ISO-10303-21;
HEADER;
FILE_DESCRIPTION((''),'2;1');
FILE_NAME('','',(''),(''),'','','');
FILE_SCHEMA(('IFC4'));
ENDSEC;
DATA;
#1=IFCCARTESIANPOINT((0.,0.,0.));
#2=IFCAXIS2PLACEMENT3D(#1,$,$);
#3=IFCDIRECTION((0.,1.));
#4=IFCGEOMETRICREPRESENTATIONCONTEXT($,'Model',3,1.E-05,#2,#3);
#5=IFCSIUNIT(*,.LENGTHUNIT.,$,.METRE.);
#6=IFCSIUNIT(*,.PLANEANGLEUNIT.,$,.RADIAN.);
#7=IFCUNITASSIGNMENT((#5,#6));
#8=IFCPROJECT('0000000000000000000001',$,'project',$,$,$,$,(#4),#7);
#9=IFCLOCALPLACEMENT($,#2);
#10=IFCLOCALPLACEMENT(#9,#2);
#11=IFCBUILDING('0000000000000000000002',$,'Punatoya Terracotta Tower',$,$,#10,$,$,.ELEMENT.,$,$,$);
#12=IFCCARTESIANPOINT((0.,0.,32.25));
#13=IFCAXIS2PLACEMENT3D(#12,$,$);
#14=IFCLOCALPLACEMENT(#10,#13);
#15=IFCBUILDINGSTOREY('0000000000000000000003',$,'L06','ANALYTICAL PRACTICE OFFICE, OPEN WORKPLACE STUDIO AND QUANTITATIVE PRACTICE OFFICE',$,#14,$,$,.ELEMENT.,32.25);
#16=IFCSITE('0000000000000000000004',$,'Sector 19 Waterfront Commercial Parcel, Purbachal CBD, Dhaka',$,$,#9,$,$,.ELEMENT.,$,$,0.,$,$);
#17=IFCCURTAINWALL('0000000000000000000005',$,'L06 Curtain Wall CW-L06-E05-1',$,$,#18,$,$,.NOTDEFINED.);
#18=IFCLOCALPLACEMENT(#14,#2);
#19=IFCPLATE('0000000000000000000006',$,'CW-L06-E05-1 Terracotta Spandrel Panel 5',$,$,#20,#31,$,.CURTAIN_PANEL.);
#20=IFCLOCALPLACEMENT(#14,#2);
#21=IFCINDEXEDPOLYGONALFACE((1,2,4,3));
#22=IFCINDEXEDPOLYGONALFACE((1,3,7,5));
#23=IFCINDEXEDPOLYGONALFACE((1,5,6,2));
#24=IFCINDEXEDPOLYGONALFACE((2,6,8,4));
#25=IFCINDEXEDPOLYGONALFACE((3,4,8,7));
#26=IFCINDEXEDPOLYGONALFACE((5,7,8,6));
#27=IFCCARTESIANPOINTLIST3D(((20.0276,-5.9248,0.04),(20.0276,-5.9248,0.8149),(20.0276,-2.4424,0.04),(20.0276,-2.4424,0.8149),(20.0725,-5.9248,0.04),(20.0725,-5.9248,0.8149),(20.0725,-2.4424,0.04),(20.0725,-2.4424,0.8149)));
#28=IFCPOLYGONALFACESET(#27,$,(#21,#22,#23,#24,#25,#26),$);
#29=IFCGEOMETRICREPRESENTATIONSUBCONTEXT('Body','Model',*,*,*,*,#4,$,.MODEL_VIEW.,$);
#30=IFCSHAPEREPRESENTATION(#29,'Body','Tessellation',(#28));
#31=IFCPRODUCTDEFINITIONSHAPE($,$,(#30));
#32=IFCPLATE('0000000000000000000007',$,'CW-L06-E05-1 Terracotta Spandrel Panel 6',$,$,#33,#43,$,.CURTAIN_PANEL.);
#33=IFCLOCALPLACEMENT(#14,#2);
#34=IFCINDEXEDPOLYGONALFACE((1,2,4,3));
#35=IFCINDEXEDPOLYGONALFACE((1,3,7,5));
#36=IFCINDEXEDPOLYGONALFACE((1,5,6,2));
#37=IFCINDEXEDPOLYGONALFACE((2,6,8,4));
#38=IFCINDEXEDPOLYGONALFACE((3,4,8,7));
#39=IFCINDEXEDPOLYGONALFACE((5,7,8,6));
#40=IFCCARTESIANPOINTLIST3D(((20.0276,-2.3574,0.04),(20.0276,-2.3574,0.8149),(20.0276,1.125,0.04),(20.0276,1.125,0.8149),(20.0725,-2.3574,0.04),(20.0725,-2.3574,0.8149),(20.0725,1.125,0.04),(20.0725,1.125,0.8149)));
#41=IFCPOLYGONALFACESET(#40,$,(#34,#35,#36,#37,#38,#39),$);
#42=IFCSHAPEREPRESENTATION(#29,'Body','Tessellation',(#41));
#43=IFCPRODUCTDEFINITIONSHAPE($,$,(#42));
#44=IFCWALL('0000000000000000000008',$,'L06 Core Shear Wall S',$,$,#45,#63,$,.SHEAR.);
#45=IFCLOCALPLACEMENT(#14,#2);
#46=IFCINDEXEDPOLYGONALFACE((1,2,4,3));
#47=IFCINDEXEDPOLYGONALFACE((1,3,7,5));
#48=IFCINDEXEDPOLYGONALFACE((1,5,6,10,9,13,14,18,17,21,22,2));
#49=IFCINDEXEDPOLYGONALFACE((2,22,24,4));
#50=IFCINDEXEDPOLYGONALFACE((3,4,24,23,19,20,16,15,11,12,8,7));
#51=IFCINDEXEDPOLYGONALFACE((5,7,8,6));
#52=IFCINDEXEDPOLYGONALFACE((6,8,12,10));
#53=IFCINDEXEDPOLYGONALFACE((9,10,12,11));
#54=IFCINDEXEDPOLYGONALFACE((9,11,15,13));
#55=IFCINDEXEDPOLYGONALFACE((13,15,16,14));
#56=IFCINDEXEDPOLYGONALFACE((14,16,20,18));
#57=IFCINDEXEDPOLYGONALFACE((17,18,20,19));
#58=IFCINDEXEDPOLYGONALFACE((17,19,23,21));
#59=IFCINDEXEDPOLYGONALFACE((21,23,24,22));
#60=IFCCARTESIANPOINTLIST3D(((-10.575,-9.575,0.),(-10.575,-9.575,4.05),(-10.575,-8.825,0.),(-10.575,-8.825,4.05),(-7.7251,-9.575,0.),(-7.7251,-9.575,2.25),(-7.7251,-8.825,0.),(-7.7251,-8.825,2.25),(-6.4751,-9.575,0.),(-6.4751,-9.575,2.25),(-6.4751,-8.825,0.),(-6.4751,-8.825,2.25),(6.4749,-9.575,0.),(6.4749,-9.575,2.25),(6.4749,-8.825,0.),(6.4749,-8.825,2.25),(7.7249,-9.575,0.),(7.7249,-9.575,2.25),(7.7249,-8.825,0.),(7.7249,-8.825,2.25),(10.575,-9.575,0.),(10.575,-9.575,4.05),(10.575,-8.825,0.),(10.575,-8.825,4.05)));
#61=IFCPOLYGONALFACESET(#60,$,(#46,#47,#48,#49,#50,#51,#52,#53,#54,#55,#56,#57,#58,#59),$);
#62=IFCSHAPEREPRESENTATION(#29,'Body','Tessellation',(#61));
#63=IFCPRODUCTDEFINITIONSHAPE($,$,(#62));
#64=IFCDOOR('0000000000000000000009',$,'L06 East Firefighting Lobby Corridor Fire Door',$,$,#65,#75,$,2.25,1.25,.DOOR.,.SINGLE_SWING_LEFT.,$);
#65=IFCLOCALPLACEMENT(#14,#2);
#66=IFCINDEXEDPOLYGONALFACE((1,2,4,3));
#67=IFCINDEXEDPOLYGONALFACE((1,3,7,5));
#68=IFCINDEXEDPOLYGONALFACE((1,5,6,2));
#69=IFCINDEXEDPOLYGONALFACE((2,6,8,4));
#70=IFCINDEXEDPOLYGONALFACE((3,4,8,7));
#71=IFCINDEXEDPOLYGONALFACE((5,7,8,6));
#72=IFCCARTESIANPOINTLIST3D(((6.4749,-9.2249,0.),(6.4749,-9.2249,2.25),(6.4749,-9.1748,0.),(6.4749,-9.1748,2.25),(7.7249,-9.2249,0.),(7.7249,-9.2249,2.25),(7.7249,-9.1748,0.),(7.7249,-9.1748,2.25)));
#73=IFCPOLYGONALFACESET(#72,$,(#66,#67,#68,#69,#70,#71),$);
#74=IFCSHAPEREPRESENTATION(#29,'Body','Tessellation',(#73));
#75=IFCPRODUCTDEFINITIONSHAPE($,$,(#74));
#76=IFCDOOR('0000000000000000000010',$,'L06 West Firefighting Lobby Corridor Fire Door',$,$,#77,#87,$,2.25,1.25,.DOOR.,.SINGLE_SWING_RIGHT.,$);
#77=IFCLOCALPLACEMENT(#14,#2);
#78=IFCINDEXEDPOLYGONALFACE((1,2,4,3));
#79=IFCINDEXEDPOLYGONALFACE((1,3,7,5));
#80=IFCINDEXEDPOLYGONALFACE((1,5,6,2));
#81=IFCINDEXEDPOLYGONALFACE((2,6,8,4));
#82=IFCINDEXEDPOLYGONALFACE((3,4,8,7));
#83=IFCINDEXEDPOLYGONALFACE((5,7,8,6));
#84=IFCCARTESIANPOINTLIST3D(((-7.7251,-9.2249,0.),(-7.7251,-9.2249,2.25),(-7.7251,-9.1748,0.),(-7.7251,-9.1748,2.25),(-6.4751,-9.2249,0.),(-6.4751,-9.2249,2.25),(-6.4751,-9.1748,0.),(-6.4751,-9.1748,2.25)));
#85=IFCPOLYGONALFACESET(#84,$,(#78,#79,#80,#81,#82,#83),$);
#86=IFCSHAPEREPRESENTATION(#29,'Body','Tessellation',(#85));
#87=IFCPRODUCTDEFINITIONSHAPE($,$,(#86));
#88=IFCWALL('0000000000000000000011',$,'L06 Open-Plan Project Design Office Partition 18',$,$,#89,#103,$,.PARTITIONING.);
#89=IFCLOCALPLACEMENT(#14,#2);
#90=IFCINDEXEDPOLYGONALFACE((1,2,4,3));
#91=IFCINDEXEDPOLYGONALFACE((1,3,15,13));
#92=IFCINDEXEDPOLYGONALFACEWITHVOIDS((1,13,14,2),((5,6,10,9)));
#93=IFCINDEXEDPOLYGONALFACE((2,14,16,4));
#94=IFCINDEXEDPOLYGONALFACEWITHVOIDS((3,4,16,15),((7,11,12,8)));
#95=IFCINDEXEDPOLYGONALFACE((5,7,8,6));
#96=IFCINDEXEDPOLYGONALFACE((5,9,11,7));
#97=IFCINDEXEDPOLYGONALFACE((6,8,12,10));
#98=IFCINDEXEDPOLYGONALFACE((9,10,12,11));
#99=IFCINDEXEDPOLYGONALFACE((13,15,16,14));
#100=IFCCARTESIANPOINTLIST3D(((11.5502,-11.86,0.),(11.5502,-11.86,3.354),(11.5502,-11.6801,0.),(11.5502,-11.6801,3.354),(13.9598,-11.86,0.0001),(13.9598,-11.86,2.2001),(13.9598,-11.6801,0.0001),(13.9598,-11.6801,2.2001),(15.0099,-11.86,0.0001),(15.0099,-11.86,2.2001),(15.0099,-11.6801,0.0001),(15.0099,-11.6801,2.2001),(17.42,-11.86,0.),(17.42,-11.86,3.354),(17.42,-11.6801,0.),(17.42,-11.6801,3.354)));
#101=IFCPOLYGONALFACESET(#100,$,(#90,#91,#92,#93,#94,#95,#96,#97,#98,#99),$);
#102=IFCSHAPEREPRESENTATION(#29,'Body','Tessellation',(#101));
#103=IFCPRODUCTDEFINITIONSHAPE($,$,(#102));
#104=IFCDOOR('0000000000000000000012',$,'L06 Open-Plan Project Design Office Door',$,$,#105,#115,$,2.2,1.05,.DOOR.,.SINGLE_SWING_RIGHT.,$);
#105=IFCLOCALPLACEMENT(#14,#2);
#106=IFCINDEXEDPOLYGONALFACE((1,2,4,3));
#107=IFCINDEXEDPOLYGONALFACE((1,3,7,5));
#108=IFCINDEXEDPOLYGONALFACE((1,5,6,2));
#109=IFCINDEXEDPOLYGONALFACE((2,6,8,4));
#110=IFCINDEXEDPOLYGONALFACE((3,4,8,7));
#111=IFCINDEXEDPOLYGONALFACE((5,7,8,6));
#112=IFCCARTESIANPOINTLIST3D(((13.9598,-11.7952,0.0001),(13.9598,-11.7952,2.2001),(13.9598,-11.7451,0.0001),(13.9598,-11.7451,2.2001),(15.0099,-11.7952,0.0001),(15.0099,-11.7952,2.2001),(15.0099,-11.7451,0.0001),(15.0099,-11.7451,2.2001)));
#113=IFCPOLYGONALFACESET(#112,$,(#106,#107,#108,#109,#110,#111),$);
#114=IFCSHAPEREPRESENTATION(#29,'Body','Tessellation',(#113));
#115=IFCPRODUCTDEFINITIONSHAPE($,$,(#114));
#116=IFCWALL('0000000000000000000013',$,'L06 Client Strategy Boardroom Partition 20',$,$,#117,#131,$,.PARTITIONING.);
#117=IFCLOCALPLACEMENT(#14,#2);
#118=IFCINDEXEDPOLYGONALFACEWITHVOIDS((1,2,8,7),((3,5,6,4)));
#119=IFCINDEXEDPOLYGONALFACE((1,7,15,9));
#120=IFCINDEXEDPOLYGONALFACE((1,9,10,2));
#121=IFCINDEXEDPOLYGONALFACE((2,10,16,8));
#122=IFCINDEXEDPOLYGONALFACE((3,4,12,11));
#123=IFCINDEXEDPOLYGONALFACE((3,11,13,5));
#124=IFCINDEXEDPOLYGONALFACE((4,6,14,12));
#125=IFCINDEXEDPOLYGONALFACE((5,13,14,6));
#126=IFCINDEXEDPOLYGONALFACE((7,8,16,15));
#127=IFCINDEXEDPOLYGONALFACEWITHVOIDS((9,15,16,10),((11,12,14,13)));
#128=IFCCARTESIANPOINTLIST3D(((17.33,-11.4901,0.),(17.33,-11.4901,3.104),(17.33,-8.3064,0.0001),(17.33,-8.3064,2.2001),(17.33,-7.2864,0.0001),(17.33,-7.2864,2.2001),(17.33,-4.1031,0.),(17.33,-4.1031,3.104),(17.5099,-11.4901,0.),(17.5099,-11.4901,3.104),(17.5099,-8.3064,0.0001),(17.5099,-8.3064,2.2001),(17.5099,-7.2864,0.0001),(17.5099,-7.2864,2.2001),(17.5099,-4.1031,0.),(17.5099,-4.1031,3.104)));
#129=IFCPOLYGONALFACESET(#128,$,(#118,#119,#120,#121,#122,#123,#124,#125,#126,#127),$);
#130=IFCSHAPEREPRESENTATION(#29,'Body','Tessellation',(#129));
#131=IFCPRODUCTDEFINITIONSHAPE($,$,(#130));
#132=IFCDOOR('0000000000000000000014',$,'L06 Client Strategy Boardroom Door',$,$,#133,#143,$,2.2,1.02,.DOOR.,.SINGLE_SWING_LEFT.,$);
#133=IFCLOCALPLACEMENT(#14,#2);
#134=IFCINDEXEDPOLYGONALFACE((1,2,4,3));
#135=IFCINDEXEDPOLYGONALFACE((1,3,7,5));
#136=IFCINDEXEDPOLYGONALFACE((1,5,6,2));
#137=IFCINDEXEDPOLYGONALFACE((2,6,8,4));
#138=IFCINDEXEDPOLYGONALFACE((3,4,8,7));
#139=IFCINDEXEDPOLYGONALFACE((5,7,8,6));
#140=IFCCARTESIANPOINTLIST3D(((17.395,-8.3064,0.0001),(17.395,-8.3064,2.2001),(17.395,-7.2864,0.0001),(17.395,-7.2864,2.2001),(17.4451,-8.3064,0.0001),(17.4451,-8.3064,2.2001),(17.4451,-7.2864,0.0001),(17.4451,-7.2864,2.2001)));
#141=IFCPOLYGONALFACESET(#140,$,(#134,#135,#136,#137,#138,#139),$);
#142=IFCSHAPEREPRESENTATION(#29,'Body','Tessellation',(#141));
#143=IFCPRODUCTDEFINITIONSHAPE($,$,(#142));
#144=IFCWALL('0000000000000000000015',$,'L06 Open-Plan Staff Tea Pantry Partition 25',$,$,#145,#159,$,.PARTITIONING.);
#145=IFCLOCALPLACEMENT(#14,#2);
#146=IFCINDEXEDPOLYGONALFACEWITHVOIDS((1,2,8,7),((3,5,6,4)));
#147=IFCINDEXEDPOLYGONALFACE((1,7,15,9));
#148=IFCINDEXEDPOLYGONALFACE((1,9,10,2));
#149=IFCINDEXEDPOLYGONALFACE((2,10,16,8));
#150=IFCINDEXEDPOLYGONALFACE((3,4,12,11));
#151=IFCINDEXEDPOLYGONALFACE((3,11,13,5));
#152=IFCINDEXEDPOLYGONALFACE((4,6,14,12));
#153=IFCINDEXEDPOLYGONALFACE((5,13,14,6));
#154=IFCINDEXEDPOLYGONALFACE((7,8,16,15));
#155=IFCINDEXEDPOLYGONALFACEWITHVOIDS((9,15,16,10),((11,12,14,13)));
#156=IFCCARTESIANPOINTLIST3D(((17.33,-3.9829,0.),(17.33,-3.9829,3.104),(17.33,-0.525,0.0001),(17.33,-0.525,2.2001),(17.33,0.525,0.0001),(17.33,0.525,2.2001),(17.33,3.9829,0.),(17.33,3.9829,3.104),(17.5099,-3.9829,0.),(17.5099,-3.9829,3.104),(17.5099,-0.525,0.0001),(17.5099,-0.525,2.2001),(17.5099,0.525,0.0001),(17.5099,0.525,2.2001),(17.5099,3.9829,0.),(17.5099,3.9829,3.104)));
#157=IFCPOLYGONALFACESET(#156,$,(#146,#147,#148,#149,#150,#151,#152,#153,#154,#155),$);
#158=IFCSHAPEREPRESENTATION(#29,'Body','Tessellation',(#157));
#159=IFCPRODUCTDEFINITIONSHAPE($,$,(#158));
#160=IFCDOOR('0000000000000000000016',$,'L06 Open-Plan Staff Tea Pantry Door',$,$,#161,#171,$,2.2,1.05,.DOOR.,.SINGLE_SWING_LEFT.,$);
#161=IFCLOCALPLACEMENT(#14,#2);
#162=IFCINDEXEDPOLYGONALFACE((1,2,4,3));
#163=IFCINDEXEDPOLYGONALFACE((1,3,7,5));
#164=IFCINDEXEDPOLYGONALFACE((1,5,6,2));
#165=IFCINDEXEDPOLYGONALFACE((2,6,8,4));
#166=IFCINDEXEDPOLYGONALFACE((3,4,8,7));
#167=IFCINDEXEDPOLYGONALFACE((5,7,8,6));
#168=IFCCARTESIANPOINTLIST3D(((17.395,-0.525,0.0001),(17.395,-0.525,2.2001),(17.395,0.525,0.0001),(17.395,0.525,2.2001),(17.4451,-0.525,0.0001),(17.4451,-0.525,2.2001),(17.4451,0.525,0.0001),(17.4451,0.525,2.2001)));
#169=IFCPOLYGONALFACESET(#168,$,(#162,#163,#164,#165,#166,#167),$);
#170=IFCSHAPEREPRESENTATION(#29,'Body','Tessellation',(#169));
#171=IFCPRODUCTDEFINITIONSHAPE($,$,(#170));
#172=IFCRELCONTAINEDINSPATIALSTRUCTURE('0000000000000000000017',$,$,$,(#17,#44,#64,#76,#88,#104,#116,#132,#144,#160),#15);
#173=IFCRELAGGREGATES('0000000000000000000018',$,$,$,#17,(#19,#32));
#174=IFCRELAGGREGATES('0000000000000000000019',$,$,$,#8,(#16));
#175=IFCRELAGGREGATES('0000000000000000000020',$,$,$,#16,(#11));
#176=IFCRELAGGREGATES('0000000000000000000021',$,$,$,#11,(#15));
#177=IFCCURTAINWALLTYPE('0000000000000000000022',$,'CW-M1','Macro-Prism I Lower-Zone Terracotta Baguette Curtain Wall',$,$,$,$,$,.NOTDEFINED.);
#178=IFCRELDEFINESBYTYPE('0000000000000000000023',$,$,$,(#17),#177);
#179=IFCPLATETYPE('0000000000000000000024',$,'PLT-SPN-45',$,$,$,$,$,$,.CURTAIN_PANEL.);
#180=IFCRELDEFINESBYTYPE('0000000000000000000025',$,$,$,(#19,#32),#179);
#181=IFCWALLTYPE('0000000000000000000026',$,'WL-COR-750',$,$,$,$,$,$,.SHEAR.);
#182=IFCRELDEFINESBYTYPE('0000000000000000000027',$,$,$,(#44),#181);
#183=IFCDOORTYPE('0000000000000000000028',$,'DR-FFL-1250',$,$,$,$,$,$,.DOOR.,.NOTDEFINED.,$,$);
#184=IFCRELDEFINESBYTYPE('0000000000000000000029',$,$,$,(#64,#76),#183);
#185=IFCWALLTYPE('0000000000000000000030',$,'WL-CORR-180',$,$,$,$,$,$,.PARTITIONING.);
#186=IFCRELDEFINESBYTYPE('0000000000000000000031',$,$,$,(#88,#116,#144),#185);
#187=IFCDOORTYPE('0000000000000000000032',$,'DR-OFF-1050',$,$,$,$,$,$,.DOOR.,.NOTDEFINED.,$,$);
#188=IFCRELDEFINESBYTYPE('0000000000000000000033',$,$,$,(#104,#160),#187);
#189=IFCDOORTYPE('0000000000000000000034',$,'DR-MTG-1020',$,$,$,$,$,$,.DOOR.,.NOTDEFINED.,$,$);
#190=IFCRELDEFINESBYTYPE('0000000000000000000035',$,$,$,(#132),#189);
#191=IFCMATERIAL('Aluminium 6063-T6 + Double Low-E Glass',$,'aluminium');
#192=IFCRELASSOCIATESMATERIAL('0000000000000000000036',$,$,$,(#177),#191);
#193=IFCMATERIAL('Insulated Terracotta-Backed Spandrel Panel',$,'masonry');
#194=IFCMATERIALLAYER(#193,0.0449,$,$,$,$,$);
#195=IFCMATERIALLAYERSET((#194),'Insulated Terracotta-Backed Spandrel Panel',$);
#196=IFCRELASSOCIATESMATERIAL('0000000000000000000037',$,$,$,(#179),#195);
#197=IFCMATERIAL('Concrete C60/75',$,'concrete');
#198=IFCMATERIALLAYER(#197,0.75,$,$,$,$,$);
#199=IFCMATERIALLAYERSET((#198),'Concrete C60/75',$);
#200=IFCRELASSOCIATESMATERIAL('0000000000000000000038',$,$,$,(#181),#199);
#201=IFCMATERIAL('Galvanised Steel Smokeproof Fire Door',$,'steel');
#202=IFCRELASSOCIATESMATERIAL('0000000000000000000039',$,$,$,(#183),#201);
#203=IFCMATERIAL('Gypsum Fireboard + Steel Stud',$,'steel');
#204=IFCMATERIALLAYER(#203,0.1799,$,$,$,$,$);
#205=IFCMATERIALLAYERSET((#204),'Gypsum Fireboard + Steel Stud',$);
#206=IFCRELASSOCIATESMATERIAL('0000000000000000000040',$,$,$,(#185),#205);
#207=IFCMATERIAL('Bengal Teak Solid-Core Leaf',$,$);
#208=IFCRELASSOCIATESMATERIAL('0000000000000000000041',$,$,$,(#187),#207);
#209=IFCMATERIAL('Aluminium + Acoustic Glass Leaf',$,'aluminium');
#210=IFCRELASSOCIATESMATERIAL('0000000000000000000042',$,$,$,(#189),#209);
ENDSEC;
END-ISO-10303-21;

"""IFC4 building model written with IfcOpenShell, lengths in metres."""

from ifc_helpers import new_model, si_unit, direction, frame, frame_2d, origin, origin_2d, place, context, subcontext, project, spatial, rectangle, extrude, material, layer, layer_set, type_object, element, fill, aggregate, save


model = new_model("IFC4")

# Units and contexts
model_context = context("Model", 3, precision=1e-05, world=origin(), true_north=direction((0.0, 1.0)))
body_context = subcontext(model_context, "Body", "Model", "MODEL_VIEW")
ifc_project = project(units=[si_unit("LENGTHUNIT", "METRE"), si_unit("PLANEANGLEUNIT", "RADIAN")], contexts=[model_context])

# Site, building, storey
site_placement = place(None, origin())
site = spatial("IfcSite", under=ifc_project, at=site_placement, Name="Sector 19 Waterfront Commercial Parcel, Purbachal CBD, Dhaka", CompositionType="ELEMENT", RefElevation=0.0)
building_placement = place(site_placement, origin())
building = spatial("IfcBuilding", under=site, at=building_placement, Name="Punatoya Terracotta Tower", CompositionType="ELEMENT")
storey_placement = place(building_placement, frame((0.0, 0.0, 32.25)))
storey = spatial("IfcBuildingStorey", under=building, at=storey_placement, Name="L06", Description="ANALYTICAL PRACTICE OFFICE, OPEN WORKPLACE STUDIO AND QUANTITATIVE PRACTICE OFFICE", CompositionType="ELEMENT", Elevation=32.25)

# Curtain wall, plates
ifc_material_1 = material(Name="Aluminium 6063-T6 + Double Low-E Glass", Category="aluminium")
curtain_wall_type = type_object("IfcCurtainWallType", Name="CW-M1", Description="Macro-Prism I Lower-Zone Terracotta Baguette Curtain Wall", PredefinedType="NOTDEFINED", material=ifc_material_1)
curtain_wall_placement = place(storey_placement, origin())
curtain_wall = element("IfcCurtainWall", 1, at=curtain_wall_placement, inside=storey, type_object=curtain_wall_type, Name="L06 Curtain Wall CW-L06-E05-1", PredefinedType="NOTDEFINED")
ifc_material_2 = material(Name="Insulated Terracotta-Backed Spandrel Panel", Category="masonry")
ifc_layer_1 = layer(ifc_material_2, 0.0449)
ifc_layer_set_1 = layer_set([ifc_layer_1], Name="Insulated Terracotta-Backed Spandrel Panel")
plate_type_1 = type_object("IfcPlateType", Name="PLT-SPN-45", PredefinedType="CURTAIN_PANEL", material=ifc_layer_set_1)
plate_1_placement = place(storey_placement, frame((20.05, -4.1836, 0.04), z_axis=(0.0, 0.0, 1.0), x_axis=(0.0, 1.0, 0.0)))
plate_1 = element("IfcPlate", 2, at=plate_1_placement, type_object=plate_type_1, Name="CW-L06-E05-1 Terracotta Spandrel Panel 5", PredefinedType="CURTAIN_PANEL", context=body_context, shape_type="SweptSolid", body=[
    extrude(rectangle(XDim=3.4824, YDim=0.0449, at=origin_2d()), origin(), (0.0, 0.0, 1.0), 0.7749),
])
plate_2_placement = place(storey_placement, frame((20.05, -0.6162, 0.04), z_axis=(0.0, 0.0, 1.0), x_axis=(0.0, 1.0, 0.0)))
plate_2 = element("IfcPlate", 3, at=plate_2_placement, type_object=plate_type_1, Name="CW-L06-E05-1 Terracotta Spandrel Panel 6", PredefinedType="CURTAIN_PANEL", context=body_context, shape_type="SweptSolid", body=[
    extrude(rectangle(XDim=3.4824, YDim=0.0449, at=origin_2d()), origin(), (0.0, 0.0, 1.0), 0.7749),
])
aggregate(curtain_wall, [plate_1, plate_2])

# Wall, openings, doors
ifc_material_3 = material(Name="Concrete C60/75", Category="concrete")
ifc_layer_2 = layer(ifc_material_3, 0.75)
ifc_layer_set_2 = layer_set([ifc_layer_2], Name="Concrete C60/75")
wall_type_1 = type_object("IfcWallType", Name="WL-COR-750", PredefinedType="SHEAR", material=ifc_layer_set_2)
wall_1_placement = place(storey_placement, frame((10.575, -9.2, 0.0), z_axis=(0.0, 0.0, 1.0), x_axis=(-1.0, 0.0, 0.0)))
wall_1 = element("IfcWall", 4, at=wall_1_placement, inside=storey, type_object=wall_type_1, Name="L06 Core Shear Wall S", PredefinedType="SHEAR", context=body_context, shape_type="SweptSolid", body=[
    extrude(rectangle(XDim=21.1499, YDim=0.75, at=frame_2d((10.575, 0.0))), origin(), (0.0, 0.0, 1.0), 4.05),
])
opening_1_placement = place(wall_1_placement, frame((2.8501, 0.0, 0.0)))
opening_1 = element("IfcOpeningElement", 5, at=opening_1_placement, cuts=wall_1, PredefinedType="OPENING", context=body_context, shape_type="SweptSolid", body=[
    extrude(rectangle(XDim=1.25, YDim=2.25, at=frame_2d((0.625, 1.125))), frame((0.0, 0.385, 0.0), z_axis=(0.0, -1.0, 0.0), x_axis=(1.0, 0.0, 0.0)), (0.0, 0.0, 1.0), 0.77),
])
opening_2_placement = place(wall_1_placement, frame((17.05, 0.0, 0.0)))
opening_2 = element("IfcOpeningElement", 6, at=opening_2_placement, cuts=wall_1, PredefinedType="OPENING", context=body_context, shape_type="SweptSolid", body=[
    extrude(rectangle(XDim=1.25, YDim=2.25, at=frame_2d((0.625, 1.125))), frame((0.0, 0.385, 0.0), z_axis=(0.0, -1.0, 0.0), x_axis=(1.0, 0.0, 0.0)), (0.0, 0.0, 1.0), 0.77),
])
ifc_material_4 = material(Name="Galvanised Steel Smokeproof Fire Door", Category="steel")
door_type_1 = type_object("IfcDoorType", Name="DR-FFL-1250", OperationType="NOTDEFINED", PredefinedType="DOOR", material=ifc_material_4)
door_1_placement = place(opening_1_placement, origin())
door_1 = element("IfcDoor", 7, at=door_1_placement, inside=storey, type_object=door_type_1, Name="L06 East Firefighting Lobby Corridor Fire Door", OperationType="SINGLE_SWING_LEFT", OverallHeight=2.25, OverallWidth=1.25, PredefinedType="DOOR", context=body_context, shape_type="SweptSolid", body=[
    extrude(rectangle(XDim=1.25, YDim=2.25, at=frame_2d((0.625, 1.125))), frame((0.0, 0.0249, 0.0), z_axis=(0.0, -1.0, 0.0), x_axis=(1.0, 0.0, 0.0)), (0.0, 0.0, 1.0), 0.05),
])
fill(opening_1, door_1)
door_2_placement = place(opening_2_placement, origin())
door_2 = element("IfcDoor", 8, at=door_2_placement, inside=storey, type_object=door_type_1, Name="L06 West Firefighting Lobby Corridor Fire Door", OperationType="SINGLE_SWING_RIGHT", OverallHeight=2.25, OverallWidth=1.25, PredefinedType="DOOR", context=body_context, shape_type="SweptSolid", body=[
    extrude(rectangle(XDim=1.25, YDim=2.25, at=frame_2d((0.625, 1.125))), frame((0.0, 0.0249, 0.0), z_axis=(0.0, -1.0, 0.0), x_axis=(1.0, 0.0, 0.0)), (0.0, 0.0, 1.0), 0.05),
])
fill(opening_2, door_2)

# Walls, openings, doors
ifc_material_5 = material(Name="Gypsum Fireboard + Steel Stud", Category="steel")
ifc_layer_3 = layer(ifc_material_5, 0.1799)
ifc_layer_set_3 = layer_set([ifc_layer_3], Name="Gypsum Fireboard + Steel Stud")
wall_type_2 = type_object("IfcWallType", Name="WL-CORR-180", PredefinedType="PARTITIONING", material=ifc_layer_set_3)
wall_2_placement = place(storey_placement, frame((11.55, -11.77, 0.0), z_axis=(0.0, 0.0, 1.0), x_axis=(1.0, 0.0, 0.0)))
wall_2 = element("IfcWall", 9, at=wall_2_placement, inside=storey, type_object=wall_type_2, Name="L06 Open-Plan Project Design Office Partition 18", PredefinedType="PARTITIONING", context=body_context, shape_type="SweptSolid", body=[
    extrude(rectangle(XDim=5.8699, YDim=0.1799, at=frame_2d((2.9351, 0.0))), origin(), (0.0, 0.0, 1.0), 3.354),
])
opening_3_placement = place(wall_2_placement, frame((2.4099, 0.0, 0.0)))
opening_3 = element("IfcOpeningElement", 10, at=opening_3_placement, cuts=wall_2, PredefinedType="OPENING", context=body_context, shape_type="SweptSolid", body=[
    extrude(rectangle(XDim=1.05, YDim=2.2, at=frame_2d((0.5249, 1.1001))), frame((0.0, 0.0999, 0.0), z_axis=(0.0, -1.0, 0.0), x_axis=(1.0, 0.0, 0.0)), (0.0, 0.0, 1.0), 0.2),
])
ifc_material_6 = material(Name="Bengal Teak Solid-Core Leaf")
door_type_2 = type_object("IfcDoorType", Name="DR-OFF-1050", OperationType="NOTDEFINED", PredefinedType="DOOR", material=ifc_material_6)
door_3_placement = place(opening_3_placement, origin())
door_3 = element("IfcDoor", 11, at=door_3_placement, inside=storey, type_object=door_type_2, Name="L06 Open-Plan Project Design Office Door", OperationType="SINGLE_SWING_RIGHT", OverallHeight=2.2, OverallWidth=1.05, PredefinedType="DOOR", context=body_context, shape_type="SweptSolid", body=[
    extrude(rectangle(XDim=1.05, YDim=2.2, at=frame_2d((0.5249, 1.1001))), frame((0.0, 0.0249, 0.0), z_axis=(0.0, -1.0, 0.0), x_axis=(1.0, 0.0, 0.0)), (0.0, 0.0, 1.0), 0.05),
])
fill(opening_3, door_3)
wall_3_placement = place(storey_placement, frame((17.4199, -11.49, 0.0), z_axis=(0.0, 0.0, 1.0), x_axis=(0.0, 1.0, 0.0)))
wall_3 = element("IfcWall", 12, at=wall_3_placement, inside=storey, type_object=wall_type_2, Name="L06 Client Strategy Boardroom Partition 20", PredefinedType="PARTITIONING", context=body_context, shape_type="SweptSolid", body=[
    extrude(rectangle(XDim=7.387, YDim=0.1799, at=frame_2d((3.6934, 0.0))), origin(), (0.0, 0.0, 1.0), 3.104),
])
opening_4_placement = place(wall_3_placement, frame((3.1836, 0.0, 0.0)))
opening_4 = element("IfcOpeningElement", 13, at=opening_4_placement, cuts=wall_3, PredefinedType="OPENING", context=body_context, shape_type="SweptSolid", body=[
    extrude(rectangle(XDim=1.02, YDim=2.2, at=frame_2d((0.51, 1.1001))), frame((0.0, 0.0999, 0.0), z_axis=(0.0, -1.0, 0.0), x_axis=(1.0, 0.0, 0.0)), (0.0, 0.0, 1.0), 0.2),
])
ifc_material_7 = material(Name="Aluminium + Acoustic Glass Leaf", Category="aluminium")
door_type_3 = type_object("IfcDoorType", Name="DR-MTG-1020", OperationType="NOTDEFINED", PredefinedType="DOOR", material=ifc_material_7)
door_4_placement = place(opening_4_placement, origin())
door_4 = element("IfcDoor", 14, at=door_4_placement, inside=storey, type_object=door_type_3, Name="L06 Client Strategy Boardroom Door", OperationType="SINGLE_SWING_LEFT", OverallHeight=2.2, OverallWidth=1.02, PredefinedType="DOOR", context=body_context, shape_type="SweptSolid", body=[
    extrude(rectangle(XDim=1.02, YDim=2.2, at=frame_2d((0.51, 1.1001))), frame((0.0, 0.0249, 0.0), z_axis=(0.0, -1.0, 0.0), x_axis=(1.0, 0.0, 0.0)), (0.0, 0.0, 1.0), 0.05),
])
fill(opening_4, door_4)
wall_4_placement = place(storey_placement, frame((17.4199, -3.9829, 0.0), z_axis=(0.0, 0.0, 1.0), x_axis=(0.0, 1.0, 0.0)))
wall_4 = element("IfcWall", 15, at=wall_4_placement, inside=storey, type_object=wall_type_2, Name="L06 Open-Plan Staff Tea Pantry Partition 25", PredefinedType="PARTITIONING", context=body_context, shape_type="SweptSolid", body=[
    extrude(rectangle(XDim=7.9658, YDim=0.1799, at=frame_2d((3.9829, 0.0))), origin(), (0.0, 0.0, 1.0), 3.104),
])
opening_5_placement = place(wall_4_placement, frame((3.458, 0.0, 0.0)))
opening_5 = element("IfcOpeningElement", 16, at=opening_5_placement, cuts=wall_4, PredefinedType="OPENING", context=body_context, shape_type="SweptSolid", body=[
    extrude(rectangle(XDim=1.05, YDim=2.2, at=frame_2d((0.5249, 1.1001))), frame((0.0, 0.0999, 0.0), z_axis=(0.0, -1.0, 0.0), x_axis=(1.0, 0.0, 0.0)), (0.0, 0.0, 1.0), 0.2),
])
door_5_placement = place(opening_5_placement, origin())
door_5 = element("IfcDoor", 17, at=door_5_placement, inside=storey, type_object=door_type_2, Name="L06 Open-Plan Staff Tea Pantry Door", OperationType="SINGLE_SWING_LEFT", OverallHeight=2.2, OverallWidth=1.05, PredefinedType="DOOR", context=body_context, shape_type="SweptSolid", body=[
    extrude(rectangle(XDim=1.05, YDim=2.2, at=frame_2d((0.5249, 1.1001))), frame((0.0, 0.0249, 0.0), z_axis=(0.0, -1.0, 0.0), x_axis=(1.0, 0.0, 0.0)), (0.0, 0.0, 1.0), 0.05),
])
fill(opening_5, door_5)

save(model, "model.ifc")
